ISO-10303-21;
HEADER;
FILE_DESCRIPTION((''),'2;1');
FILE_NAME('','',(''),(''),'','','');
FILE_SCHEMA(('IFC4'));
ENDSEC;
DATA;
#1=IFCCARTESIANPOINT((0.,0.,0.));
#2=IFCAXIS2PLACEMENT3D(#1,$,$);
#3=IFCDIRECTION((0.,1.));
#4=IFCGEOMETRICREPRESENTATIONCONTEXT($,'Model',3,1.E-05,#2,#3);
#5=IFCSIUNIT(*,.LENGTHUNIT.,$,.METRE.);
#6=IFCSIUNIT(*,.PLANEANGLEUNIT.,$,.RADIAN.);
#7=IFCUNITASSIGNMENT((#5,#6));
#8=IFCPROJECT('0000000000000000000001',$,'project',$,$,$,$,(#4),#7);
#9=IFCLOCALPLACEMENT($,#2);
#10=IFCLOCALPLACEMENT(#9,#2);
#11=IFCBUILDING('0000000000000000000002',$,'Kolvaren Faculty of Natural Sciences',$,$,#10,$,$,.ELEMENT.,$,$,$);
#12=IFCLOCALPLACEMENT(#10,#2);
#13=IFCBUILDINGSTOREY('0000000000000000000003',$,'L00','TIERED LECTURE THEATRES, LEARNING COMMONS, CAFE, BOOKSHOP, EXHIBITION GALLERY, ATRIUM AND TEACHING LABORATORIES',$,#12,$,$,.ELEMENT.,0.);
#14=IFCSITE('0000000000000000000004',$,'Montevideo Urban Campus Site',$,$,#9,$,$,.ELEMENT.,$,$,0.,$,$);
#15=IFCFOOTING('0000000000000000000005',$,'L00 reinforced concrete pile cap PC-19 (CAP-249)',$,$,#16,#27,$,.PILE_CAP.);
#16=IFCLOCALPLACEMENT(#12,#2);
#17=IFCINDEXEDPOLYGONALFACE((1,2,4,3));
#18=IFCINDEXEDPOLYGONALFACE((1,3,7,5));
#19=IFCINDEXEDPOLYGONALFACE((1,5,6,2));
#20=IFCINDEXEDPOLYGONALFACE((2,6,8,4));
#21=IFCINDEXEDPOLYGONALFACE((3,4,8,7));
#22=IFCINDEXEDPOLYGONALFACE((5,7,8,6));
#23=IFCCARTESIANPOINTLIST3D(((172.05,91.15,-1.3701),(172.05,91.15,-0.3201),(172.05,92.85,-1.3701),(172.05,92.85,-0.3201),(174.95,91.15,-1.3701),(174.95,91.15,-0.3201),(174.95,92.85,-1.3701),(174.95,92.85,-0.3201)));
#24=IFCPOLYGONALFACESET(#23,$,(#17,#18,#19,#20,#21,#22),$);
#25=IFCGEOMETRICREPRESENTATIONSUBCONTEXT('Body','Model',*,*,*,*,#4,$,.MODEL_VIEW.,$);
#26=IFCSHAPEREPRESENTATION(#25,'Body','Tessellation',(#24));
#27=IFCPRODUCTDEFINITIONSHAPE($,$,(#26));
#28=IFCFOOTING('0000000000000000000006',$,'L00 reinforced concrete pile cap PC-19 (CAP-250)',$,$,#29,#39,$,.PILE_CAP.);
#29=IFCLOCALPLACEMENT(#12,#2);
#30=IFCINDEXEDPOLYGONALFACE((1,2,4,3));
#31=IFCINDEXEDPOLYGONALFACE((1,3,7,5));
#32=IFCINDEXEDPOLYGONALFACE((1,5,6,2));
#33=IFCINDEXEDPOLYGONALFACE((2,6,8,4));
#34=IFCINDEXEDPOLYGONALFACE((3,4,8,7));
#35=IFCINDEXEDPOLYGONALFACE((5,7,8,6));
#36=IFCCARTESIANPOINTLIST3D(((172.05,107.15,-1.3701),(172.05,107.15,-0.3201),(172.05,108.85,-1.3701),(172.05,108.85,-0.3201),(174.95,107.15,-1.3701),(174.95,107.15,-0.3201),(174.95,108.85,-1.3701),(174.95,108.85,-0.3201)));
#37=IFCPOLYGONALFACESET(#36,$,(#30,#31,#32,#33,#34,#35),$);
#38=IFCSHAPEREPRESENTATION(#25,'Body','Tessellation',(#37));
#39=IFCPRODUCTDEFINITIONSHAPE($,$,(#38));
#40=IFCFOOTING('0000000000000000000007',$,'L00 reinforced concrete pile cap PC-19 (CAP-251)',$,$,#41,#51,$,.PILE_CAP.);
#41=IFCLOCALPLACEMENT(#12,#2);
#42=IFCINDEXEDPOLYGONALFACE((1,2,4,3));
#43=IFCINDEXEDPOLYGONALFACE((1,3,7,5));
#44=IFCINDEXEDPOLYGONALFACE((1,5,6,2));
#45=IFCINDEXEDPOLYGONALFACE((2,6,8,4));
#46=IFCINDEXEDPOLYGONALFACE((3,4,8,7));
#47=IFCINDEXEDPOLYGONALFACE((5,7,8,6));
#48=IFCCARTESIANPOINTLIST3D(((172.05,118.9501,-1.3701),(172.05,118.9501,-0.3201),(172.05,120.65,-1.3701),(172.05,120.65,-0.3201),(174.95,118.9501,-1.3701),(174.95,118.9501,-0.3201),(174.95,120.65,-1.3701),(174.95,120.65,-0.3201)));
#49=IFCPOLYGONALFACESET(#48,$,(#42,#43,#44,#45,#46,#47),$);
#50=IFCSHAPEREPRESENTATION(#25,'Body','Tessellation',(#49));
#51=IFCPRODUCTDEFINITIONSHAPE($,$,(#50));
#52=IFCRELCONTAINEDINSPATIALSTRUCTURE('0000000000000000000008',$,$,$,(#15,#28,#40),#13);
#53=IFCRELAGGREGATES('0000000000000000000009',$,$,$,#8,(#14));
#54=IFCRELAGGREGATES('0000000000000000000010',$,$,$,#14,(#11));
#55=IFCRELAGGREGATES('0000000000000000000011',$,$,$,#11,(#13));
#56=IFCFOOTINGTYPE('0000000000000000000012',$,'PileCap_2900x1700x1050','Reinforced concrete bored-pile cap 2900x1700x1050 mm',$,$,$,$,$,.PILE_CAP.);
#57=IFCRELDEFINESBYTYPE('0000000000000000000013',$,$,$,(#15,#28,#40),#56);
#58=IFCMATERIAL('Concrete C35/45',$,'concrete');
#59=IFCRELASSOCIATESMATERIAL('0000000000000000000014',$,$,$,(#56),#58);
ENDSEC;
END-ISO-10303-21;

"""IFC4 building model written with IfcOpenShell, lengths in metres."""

from ifc_helpers import new_model, si_unit, direction, frame, origin, origin_2d, place, context, subcontext, project, spatial, rectangle, extrude, material, type_object, element, save


model = new_model("IFC4")

# Units and contexts
model_context = context("Model", 3, precision=1e-05, world=origin(), true_north=direction((0.0, 1.0)))
body_context = subcontext(model_context, "Body", "Model", "MODEL_VIEW")
ifc_project = project(units=[si_unit("LENGTHUNIT", "METRE"), si_unit("PLANEANGLEUNIT", "RADIAN")], contexts=[model_context])

# Site, building, storey
site_placement = place(None, origin())
site = spatial("IfcSite", under=ifc_project, at=site_placement, Name="Montevideo Urban Campus Site", CompositionType="ELEMENT", RefElevation=0.0)
building_placement = place(site_placement, origin())
building = spatial("IfcBuilding", under=site, at=building_placement, Name="Kolvaren Faculty of Natural Sciences", CompositionType="ELEMENT")
storey_placement = place(building_placement, origin())
storey = spatial("IfcBuildingStorey", under=building, at=storey_placement, Name="L00", Description="TIERED LECTURE THEATRES, LEARNING COMMONS, CAFE, BOOKSHOP, EXHIBITION GALLERY, ATRIUM AND TEACHING LABORATORIES", CompositionType="ELEMENT", Elevation=0.0)

# Shared definitions
ifc_material = material(Name="Concrete C35/45", Category="concrete")

# Footings
footing_type_1 = type_object("IfcFootingType", Name="PileCap_2900x1700x1050", Description="Reinforced concrete bored-pile cap 2900x1700x1050 mm", PredefinedType="PILE_CAP", material=ifc_material)
for number, where, z_axis, x_axis, name in (
    (1, (173.5, 92.0, -1.3701), (0.0, 0.0, 1.0), (1.0, 0.0, 0.0), "L00 reinforced concrete pile cap PC-19 (CAP-249)"),
    (2, (173.5, 108.0, -1.3701), (0.0, 0.0, 1.0), (1.0, 0.0, 0.0), "L00 reinforced concrete pile cap PC-19 (CAP-250)"),
    (3, (173.5, 119.8, -1.3701), (0.0, 0.0, 1.0), (1.0, 0.0, 0.0), "L00 reinforced concrete pile cap PC-19 (CAP-251)"),
):
    element("IfcFooting", number, at=place(storey_placement, frame(where, z_axis=z_axis, x_axis=x_axis)), inside=storey, type_object=footing_type_1, Name=name, PredefinedType="PILE_CAP", context=body_context, shape_type="SweptSolid", body=[
        extrude(rectangle(XDim=2.8999, YDim=1.7, at=origin_2d()), origin(), (0.0, 0.0, 1.0), 1.05),
    ])

save(model, "model.ifc")
